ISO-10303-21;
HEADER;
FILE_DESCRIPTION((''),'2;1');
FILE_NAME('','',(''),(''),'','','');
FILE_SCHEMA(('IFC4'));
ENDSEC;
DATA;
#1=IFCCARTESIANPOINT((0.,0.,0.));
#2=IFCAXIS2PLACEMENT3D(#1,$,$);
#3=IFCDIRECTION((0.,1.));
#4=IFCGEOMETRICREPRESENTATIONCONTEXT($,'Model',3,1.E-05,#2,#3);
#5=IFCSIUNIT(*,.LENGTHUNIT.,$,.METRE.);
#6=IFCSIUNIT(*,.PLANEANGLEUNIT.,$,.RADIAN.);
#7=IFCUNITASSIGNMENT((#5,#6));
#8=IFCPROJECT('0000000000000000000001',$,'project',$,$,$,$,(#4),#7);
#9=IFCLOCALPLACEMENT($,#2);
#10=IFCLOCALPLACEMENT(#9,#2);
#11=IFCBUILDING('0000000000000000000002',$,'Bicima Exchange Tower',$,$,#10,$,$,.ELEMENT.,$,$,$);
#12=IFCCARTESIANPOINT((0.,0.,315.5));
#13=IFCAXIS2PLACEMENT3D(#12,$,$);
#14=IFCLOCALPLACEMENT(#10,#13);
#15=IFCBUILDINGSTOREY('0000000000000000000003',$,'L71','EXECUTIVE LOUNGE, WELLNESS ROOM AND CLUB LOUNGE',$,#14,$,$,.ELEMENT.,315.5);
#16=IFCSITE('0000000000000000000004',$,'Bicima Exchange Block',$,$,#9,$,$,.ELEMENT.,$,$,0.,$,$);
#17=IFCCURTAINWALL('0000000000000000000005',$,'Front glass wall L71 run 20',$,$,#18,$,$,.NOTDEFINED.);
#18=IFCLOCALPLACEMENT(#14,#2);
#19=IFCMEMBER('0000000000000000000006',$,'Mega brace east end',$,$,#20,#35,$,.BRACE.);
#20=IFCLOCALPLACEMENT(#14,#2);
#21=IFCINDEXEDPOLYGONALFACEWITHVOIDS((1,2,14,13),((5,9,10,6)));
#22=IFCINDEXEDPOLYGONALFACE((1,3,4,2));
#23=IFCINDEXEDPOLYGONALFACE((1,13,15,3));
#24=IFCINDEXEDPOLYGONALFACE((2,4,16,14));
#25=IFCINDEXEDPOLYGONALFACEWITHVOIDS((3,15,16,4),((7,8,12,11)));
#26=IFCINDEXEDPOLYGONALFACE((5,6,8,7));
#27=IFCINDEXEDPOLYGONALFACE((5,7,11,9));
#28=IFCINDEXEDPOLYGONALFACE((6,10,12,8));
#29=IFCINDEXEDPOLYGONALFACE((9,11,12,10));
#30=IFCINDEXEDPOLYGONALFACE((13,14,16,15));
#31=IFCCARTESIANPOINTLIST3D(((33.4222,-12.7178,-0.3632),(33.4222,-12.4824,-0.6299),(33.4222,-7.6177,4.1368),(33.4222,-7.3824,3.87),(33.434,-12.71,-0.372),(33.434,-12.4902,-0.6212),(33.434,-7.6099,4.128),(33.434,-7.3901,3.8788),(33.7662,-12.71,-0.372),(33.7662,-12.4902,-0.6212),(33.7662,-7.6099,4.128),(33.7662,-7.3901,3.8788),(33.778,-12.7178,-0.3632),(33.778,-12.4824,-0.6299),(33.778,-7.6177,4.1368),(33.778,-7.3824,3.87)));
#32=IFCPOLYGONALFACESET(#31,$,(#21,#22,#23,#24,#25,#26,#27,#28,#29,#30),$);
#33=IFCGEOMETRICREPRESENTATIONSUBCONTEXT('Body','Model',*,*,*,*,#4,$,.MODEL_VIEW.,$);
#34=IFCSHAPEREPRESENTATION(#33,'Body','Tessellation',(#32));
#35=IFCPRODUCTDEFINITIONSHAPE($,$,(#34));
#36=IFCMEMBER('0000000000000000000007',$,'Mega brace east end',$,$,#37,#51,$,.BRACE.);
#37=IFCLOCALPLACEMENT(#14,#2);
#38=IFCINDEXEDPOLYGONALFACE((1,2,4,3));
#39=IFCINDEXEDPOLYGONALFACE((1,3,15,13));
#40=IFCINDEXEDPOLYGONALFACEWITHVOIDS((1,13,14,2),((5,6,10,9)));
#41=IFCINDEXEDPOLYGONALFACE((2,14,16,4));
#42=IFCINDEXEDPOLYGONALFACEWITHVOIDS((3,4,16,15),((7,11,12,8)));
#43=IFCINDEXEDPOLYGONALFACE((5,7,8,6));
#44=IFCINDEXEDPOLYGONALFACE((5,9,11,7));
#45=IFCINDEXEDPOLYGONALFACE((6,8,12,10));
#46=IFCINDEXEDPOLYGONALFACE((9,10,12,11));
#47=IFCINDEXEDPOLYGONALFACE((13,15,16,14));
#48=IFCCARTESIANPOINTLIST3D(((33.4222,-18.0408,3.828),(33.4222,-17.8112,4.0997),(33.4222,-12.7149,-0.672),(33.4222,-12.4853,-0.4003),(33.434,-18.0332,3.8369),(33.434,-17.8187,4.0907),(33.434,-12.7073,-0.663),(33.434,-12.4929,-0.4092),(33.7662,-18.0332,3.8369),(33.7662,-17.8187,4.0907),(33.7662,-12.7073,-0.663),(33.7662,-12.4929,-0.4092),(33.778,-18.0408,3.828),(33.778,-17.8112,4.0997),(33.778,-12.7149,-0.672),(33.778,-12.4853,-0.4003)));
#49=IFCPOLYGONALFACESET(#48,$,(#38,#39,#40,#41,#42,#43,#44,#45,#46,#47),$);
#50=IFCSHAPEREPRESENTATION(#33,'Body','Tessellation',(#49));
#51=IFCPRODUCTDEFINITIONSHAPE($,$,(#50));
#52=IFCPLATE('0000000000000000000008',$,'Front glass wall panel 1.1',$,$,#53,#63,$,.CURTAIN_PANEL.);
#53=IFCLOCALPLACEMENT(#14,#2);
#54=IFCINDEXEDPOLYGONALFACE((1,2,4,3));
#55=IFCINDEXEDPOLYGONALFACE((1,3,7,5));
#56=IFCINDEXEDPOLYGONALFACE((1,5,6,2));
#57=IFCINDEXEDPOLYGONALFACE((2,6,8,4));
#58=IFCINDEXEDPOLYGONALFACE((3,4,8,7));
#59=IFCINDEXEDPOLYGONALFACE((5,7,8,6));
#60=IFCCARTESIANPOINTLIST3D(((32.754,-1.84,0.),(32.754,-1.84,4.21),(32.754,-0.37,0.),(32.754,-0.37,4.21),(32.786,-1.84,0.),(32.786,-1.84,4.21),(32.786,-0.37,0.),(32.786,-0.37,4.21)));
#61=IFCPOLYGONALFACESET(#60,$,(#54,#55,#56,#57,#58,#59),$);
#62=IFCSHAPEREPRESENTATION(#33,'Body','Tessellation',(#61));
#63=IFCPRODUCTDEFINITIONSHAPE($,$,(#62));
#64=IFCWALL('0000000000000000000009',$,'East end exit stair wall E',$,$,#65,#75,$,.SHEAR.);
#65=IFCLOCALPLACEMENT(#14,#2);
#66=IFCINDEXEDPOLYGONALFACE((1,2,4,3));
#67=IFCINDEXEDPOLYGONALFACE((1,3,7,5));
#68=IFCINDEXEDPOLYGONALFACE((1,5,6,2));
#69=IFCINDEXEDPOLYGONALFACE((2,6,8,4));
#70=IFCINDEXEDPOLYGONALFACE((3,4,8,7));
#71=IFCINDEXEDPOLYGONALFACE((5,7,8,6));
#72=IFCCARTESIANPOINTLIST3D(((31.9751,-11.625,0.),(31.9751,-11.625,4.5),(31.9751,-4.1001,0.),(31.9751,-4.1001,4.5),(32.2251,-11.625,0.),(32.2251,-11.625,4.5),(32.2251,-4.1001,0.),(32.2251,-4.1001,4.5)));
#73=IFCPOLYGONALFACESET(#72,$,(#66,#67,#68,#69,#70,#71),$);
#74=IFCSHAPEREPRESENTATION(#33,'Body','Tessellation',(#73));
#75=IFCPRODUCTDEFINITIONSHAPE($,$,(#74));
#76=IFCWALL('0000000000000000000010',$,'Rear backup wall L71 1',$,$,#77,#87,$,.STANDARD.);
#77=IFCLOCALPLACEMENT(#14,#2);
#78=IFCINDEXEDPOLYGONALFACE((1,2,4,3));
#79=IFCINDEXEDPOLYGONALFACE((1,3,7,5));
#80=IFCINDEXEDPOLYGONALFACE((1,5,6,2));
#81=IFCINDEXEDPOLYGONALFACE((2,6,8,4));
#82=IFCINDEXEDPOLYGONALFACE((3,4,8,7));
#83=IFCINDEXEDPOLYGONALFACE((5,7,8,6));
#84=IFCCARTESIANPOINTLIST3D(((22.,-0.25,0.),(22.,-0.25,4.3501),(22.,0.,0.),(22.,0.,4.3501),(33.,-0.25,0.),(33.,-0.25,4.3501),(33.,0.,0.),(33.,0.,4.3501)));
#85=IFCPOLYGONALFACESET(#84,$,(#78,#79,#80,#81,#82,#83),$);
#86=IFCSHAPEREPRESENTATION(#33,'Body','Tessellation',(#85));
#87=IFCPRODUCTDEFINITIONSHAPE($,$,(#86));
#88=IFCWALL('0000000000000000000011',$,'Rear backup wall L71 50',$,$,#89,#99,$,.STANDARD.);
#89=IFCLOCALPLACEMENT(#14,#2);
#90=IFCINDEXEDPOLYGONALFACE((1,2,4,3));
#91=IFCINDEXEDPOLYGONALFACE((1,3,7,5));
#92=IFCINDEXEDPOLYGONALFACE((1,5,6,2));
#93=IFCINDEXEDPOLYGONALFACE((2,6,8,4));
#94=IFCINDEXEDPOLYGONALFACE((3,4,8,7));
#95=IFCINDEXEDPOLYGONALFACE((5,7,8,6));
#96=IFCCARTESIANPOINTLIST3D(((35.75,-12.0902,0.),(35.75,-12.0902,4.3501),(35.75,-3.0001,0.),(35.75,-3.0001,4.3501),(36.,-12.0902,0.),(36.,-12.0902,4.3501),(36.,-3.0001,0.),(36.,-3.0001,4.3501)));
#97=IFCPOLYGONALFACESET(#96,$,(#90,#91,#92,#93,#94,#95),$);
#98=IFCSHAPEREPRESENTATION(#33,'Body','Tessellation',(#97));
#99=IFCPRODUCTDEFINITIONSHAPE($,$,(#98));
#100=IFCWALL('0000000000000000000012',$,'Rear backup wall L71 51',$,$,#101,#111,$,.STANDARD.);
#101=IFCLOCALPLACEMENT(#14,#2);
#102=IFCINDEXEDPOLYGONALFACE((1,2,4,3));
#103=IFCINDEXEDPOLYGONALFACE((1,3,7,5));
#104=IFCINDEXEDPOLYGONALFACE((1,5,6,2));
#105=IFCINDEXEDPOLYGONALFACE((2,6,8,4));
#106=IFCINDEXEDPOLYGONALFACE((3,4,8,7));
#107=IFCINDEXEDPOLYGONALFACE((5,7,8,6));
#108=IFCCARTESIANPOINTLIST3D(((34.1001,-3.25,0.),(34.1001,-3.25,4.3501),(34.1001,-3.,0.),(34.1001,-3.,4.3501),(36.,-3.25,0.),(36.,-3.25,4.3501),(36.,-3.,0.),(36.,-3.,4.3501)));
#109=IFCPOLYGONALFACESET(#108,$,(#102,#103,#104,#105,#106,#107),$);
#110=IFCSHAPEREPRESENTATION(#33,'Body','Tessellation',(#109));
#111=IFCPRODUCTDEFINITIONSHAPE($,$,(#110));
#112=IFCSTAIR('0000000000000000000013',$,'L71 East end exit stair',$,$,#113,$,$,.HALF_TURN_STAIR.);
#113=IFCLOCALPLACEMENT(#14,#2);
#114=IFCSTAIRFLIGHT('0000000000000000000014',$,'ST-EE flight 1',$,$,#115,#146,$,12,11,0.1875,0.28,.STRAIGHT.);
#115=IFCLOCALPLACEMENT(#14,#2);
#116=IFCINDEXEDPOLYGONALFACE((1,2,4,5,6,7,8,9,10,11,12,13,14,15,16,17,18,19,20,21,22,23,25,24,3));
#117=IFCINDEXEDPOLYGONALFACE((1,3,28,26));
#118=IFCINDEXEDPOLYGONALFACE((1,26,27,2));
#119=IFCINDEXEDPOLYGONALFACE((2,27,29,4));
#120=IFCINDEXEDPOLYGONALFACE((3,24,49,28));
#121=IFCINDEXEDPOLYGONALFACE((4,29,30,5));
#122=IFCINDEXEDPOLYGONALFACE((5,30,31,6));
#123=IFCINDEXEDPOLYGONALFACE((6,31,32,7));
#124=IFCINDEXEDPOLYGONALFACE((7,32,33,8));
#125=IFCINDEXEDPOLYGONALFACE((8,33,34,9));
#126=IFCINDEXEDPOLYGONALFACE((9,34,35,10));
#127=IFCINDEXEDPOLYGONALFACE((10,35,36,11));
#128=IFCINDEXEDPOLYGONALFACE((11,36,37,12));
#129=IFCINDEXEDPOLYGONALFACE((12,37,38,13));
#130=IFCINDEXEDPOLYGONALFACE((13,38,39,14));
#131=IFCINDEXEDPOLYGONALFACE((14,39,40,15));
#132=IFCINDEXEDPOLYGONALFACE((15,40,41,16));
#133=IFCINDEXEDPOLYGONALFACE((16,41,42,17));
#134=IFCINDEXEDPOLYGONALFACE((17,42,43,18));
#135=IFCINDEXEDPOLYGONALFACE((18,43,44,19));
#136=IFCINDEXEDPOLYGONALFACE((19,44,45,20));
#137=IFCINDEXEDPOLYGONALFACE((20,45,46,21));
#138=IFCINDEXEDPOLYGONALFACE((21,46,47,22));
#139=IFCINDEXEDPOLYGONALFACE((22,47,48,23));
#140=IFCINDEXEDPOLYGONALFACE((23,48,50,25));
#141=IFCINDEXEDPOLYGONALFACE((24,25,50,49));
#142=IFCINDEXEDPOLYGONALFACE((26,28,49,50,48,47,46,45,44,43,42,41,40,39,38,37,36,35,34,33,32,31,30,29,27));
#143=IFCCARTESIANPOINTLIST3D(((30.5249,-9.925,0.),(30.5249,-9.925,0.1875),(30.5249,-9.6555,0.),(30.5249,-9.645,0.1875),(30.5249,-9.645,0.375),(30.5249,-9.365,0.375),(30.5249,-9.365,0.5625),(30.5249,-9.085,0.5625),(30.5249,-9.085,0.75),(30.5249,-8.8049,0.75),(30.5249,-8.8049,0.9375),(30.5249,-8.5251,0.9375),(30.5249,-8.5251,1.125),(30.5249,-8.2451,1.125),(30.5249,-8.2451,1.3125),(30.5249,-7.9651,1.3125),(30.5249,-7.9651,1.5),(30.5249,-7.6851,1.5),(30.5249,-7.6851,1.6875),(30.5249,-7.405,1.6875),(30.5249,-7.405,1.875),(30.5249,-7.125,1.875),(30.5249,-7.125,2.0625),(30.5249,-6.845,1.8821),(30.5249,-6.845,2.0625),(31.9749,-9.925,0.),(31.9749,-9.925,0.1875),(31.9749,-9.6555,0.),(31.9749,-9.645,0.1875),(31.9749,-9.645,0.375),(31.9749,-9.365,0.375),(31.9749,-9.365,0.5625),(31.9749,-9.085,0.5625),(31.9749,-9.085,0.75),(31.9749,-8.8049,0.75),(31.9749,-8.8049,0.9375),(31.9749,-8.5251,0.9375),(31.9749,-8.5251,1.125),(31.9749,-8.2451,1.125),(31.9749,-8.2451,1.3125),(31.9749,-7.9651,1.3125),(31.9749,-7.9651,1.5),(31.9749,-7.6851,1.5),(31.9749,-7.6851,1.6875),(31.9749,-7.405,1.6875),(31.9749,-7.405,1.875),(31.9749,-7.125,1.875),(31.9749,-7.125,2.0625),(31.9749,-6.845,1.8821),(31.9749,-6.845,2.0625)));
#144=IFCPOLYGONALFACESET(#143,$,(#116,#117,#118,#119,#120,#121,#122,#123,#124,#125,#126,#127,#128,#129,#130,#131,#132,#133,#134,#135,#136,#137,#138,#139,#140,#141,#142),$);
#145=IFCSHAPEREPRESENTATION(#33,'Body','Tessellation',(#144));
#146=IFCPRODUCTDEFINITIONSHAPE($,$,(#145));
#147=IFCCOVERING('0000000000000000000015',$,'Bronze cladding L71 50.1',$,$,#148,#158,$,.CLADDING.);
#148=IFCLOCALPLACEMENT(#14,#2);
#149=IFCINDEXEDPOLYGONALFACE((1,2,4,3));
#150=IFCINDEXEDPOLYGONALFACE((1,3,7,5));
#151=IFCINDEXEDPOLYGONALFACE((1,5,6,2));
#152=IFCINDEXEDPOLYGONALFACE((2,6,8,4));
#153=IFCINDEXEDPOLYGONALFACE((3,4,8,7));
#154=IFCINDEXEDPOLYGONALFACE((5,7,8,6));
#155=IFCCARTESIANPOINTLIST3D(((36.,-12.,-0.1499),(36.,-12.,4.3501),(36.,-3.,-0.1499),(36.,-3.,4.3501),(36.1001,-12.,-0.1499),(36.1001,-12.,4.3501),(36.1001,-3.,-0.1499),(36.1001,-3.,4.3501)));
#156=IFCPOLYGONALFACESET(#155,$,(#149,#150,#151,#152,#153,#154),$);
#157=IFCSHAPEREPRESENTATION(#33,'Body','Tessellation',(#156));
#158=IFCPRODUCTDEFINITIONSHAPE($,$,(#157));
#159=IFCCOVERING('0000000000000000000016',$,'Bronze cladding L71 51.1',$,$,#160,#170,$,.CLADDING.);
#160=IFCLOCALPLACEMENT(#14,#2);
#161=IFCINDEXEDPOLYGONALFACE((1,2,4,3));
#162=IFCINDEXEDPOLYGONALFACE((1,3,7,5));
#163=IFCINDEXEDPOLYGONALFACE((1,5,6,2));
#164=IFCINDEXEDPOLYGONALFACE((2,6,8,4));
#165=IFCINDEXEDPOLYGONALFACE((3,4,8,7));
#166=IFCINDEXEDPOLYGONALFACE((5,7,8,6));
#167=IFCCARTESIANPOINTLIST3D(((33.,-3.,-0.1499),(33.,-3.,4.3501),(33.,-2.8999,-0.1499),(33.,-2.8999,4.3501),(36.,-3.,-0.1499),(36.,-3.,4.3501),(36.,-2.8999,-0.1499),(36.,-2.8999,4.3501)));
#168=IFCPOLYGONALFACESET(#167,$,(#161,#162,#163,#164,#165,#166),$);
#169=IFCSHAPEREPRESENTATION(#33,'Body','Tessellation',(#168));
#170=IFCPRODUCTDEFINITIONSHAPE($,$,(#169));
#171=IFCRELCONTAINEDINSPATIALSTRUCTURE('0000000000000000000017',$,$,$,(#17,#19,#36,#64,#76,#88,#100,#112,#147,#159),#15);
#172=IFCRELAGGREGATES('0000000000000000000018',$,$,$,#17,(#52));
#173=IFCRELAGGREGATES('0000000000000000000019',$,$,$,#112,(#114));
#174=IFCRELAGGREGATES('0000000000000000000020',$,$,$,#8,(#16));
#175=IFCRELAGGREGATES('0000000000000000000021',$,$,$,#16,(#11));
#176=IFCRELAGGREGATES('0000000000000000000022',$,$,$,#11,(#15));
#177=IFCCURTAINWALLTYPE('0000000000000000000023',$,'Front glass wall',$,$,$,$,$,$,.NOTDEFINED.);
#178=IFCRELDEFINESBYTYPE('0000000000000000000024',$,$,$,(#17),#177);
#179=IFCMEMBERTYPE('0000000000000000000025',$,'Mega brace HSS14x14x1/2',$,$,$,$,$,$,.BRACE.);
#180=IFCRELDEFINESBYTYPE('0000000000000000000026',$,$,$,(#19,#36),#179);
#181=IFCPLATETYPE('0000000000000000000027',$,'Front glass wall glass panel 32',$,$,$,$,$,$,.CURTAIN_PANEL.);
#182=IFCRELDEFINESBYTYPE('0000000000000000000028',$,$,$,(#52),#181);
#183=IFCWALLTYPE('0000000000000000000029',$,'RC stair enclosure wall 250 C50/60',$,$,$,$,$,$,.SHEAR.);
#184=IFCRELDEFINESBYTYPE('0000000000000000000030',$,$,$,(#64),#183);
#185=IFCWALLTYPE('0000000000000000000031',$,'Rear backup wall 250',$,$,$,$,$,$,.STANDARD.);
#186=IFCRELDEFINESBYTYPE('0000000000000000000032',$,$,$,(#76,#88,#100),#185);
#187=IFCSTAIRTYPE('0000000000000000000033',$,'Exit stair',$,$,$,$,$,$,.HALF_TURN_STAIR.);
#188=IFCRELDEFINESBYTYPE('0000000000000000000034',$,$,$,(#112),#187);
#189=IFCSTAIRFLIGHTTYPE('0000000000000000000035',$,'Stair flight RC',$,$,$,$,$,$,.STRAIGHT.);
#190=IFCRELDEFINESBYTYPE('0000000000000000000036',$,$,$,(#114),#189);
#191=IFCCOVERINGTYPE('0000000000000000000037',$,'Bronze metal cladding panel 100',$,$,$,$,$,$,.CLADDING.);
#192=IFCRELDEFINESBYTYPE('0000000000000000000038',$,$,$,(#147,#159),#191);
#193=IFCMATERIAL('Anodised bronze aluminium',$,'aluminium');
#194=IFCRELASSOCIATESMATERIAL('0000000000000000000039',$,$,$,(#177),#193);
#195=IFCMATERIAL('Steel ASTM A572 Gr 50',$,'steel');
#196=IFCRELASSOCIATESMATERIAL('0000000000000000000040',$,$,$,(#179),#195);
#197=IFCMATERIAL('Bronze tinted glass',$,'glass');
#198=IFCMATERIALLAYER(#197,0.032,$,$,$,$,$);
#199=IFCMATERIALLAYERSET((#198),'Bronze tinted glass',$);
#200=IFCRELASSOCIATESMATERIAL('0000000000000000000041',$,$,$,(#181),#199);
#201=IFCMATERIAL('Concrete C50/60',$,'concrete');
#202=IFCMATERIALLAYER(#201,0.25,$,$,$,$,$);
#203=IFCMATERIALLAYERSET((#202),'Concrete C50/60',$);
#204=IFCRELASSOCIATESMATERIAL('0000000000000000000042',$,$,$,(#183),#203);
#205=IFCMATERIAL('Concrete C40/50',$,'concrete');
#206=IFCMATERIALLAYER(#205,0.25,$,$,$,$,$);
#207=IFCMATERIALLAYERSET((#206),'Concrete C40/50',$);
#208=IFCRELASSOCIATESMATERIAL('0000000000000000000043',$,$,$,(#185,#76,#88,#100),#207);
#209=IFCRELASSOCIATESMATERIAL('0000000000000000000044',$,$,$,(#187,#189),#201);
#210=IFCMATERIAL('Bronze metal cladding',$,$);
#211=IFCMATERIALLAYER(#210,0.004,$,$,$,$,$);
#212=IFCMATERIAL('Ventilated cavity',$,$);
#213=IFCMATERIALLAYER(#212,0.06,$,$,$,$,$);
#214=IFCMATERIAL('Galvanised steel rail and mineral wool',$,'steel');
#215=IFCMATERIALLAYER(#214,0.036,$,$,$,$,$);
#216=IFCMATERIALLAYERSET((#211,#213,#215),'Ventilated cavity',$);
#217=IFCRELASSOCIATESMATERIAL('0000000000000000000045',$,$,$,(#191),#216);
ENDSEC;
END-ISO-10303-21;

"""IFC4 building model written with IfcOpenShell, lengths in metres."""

from ifc_helpers import new_model, si_unit, direction, frame, frame_2d, origin, origin_2d, place, context, subcontext, project, spatial, polyline, rectangle, hollow_rectangle, outline, extrude, material, layer, layer_set, layer_usage, material_profile, profile_set, type_object, element, aggregate, save


model = new_model("IFC4")

# Units and contexts
model_context = context("Model", 3, precision=1e-05, world=origin(), true_north=direction((0.0, 1.0)))
body_context = subcontext(model_context, "Body", "Model", "MODEL_VIEW")
ifc_project = project(units=[si_unit("LENGTHUNIT", "METRE"), si_unit("PLANEANGLEUNIT", "RADIAN")], contexts=[model_context])

# Site, building, storey
site_placement = place(None, origin())
site = spatial("IfcSite", under=ifc_project, at=site_placement, Name="Bicima Exchange Block", CompositionType="ELEMENT", RefElevation=0.0)
building_placement = place(site_placement, origin())
building = spatial("IfcBuilding", under=site, at=building_placement, Name="Bicima Exchange Tower", CompositionType="ELEMENT")
storey_placement = place(building_placement, frame((0.0, 0.0, 315.5)))
storey = spatial("IfcBuildingStorey", under=building, at=storey_placement, Name="L71", Description="EXECUTIVE LOUNGE, WELLNESS ROOM AND CLUB LOUNGE", CompositionType="ELEMENT", Elevation=315.5)

# Shared definitions
ifc_material_1 = material(Name="Steel ASTM A572 Gr 50", Category="steel")

# Shared definitions
ifc_material_2 = material(Name="Anodised bronze aluminium", Category="aluminium")

# Curtain wall
curtain_wall_type_1 = type_object("IfcCurtainWallType", Name="Front glass wall", PredefinedType="NOTDEFINED", material=ifc_material_2)
curtain_wall_1_placement = place(storey_placement, origin())
curtain_wall_1 = element("IfcCurtainWall", 1, at=curtain_wall_1_placement, inside=storey, type_object=curtain_wall_type_1, Name="Front glass wall L71 run 20", PredefinedType="NOTDEFINED")

# Members
ifc_material_profile_1 = material_profile(ifc_material_1, hollow_rectangle(XDim=0.3557, YDim=0.3557, WallThickness=0.0117, at=origin_2d()))
ifc_profile_set_1 = profile_set([ifc_material_profile_1], Name="Steel ASTM A572 Gr 50")
member_type_1 = type_object("IfcMemberType", Name="Mega brace HSS14x14x1/2", PredefinedType="BRACE", material=ifc_profile_set_1)
for number, where, z_axis, x_axis, name in (
    (2, (33.6001, -12.6001, -0.4966), (0.0, 0.749844, 0.661615), (-1.0, 0.0, 0.0), "Mega brace east end"),
):
    element("IfcMember", number, at=place(storey_placement, frame(where, z_axis=z_axis, x_axis=x_axis)), inside=storey, type_object=member_type_1, Name=name, PredefinedType="BRACE", context=body_context, shape_type="SweptSolid", body=[
        extrude(hollow_rectangle(XDim=0.3557, YDim=0.3557, WallThickness=0.0117, at=origin_2d()), origin(), (0.0, 0.0, 1.0), 6.8015),
    ])
member_1_placement = place(storey_placement, frame((33.6001, -12.6001, -0.5361), z_axis=(0.0, -0.76385, 0.645394), x_axis=(1.0, 0.0, 0.0)))
element("IfcMember", 3, at=member_1_placement, inside=storey, type_object=member_type_1, Name="Mega brace east end", PredefinedType="BRACE", context=body_context, shape_type="SweptSolid", body=[
    extrude(hollow_rectangle(XDim=0.3557, YDim=0.3557, WallThickness=0.0117, at=origin_2d()), origin(), (0.0, 0.0, 1.0), 6.9724),
])

# Plate
ifc_material_3 = material(Name="Bronze tinted glass", Category="glass")
ifc_layer_1 = layer(ifc_material_3, 0.032)
ifc_layer_set_1 = layer_set([ifc_layer_1], Name="Bronze tinted glass")
plate_type = type_object("IfcPlateType", Name="Front glass wall glass panel 32", PredefinedType="CURTAIN_PANEL", material=ifc_layer_set_1)
plate_placement = place(storey_placement, frame((32.77, -1.105, 0.0), z_axis=(0.0, 0.0, 1.0), x_axis=(0.0, 1.0, 0.0)))
plate = element("IfcPlate", 4, at=plate_placement, type_object=plate_type, Name="Front glass wall panel 1.1", PredefinedType="CURTAIN_PANEL", context=body_context, shape_type="SweptSolid", body=[
    extrude(rectangle(XDim=1.47, YDim=0.032, at=origin_2d()), origin(), (0.0, 0.0, 1.0), 4.21),
])
aggregate(curtain_wall_1, [plate])

# Walls
ifc_material_4 = material(Name="Concrete C50/60", Category="concrete")
ifc_layer_2 = layer(ifc_material_4, 0.25)
ifc_layer_set_2 = layer_set([ifc_layer_2], Name="Concrete C50/60")
wall_type_1 = type_object("IfcWallType", Name="RC stair enclosure wall 250 C50/60", PredefinedType="SHEAR", material=ifc_layer_set_2)
wall_1_placement = place(storey_placement, frame((32.1001, -11.625, 0.0), z_axis=(0.0, 0.0, 1.0), x_axis=(0.0, 1.0, 0.0)))
element("IfcWall", 5, at=wall_1_placement, inside=storey, type_object=wall_type_1, Name="East end exit stair wall E", PredefinedType="SHEAR", context=body_context, shape_type="SweptSolid", body=[
    extrude(rectangle(XDim=7.5249, YDim=0.25, at=frame_2d((3.7625, 0.0))), origin(), (0.0, 0.0, 1.0), 4.5),
])
ifc_material_5 = material(Name="Concrete C40/50", Category="concrete")
ifc_layer_3 = layer(ifc_material_5, 0.25)
ifc_layer_set_3 = layer_set([ifc_layer_3], Name="Concrete C40/50")
ifc_layer_usage = layer_usage(ifc_layer_set_3, "AXIS2", "POSITIVE", -0.125)
wall_type_2 = type_object("IfcWallType", Name="Rear backup wall 250", PredefinedType="STANDARD", material=ifc_layer_set_3)
wall_2_placement = place(storey_placement, frame((33.0, -0.125, 0.0), z_axis=(0.0, 0.0, 1.0), x_axis=(-1.0, 0.0, 0.0)))
element("IfcWall", 6, at=wall_2_placement, inside=storey, type_object=wall_type_2, material=ifc_layer_usage, Name="Rear backup wall L71 1", PredefinedType="STANDARD", context=body_context, shape_type="SweptSolid", body=[
    extrude(rectangle(XDim=11.0, YDim=0.25, at=frame_2d((5.5, 0.0))), origin(), (0.0, 0.0, 1.0), 4.3501),
])
wall_3_placement = place(storey_placement, frame((35.875, -12.0901, 0.0), z_axis=(0.0, 0.0, 1.0), x_axis=(0.0, 1.0, 0.0)))
element("IfcWall", 7, at=wall_3_placement, inside=storey, type_object=wall_type_2, material=ifc_layer_usage, Name="Rear backup wall L71 50", PredefinedType="STANDARD", context=body_context, shape_type="SweptSolid", body=[
    extrude(rectangle(XDim=9.0901, YDim=0.25, at=frame_2d((4.5449, 0.0))), origin(), (0.0, 0.0, 1.0), 4.3501),
])
wall_4_placement = place(storey_placement, frame((36.0, -3.125, 0.0), z_axis=(0.0, 0.0, 1.0), x_axis=(-1.0, 0.0, 0.0)))
element("IfcWall", 8, at=wall_4_placement, inside=storey, type_object=wall_type_2, material=ifc_layer_usage, Name="Rear backup wall L71 51", PredefinedType="STANDARD", context=body_context, shape_type="SweptSolid", body=[
    extrude(rectangle(XDim=1.8999, YDim=0.25, at=frame_2d((0.95, 0.0))), origin(), (0.0, 0.0, 1.0), 4.3501),
])

# Stair, stair flight
stair_type = type_object("IfcStairType", Name="Exit stair", PredefinedType="HALF_TURN_STAIR", material=ifc_material_4)
stair_placement = place(storey_placement, origin())
stair = element("IfcStair", 9, at=stair_placement, inside=storey, type_object=stair_type, Name="L71 East end exit stair", PredefinedType="HALF_TURN_STAIR")
stair_flight_type = type_object("IfcStairFlightType", Name="Stair flight RC", PredefinedType="STRAIGHT", material=ifc_material_4)
stair_flight_placement = place(storey_placement, frame((31.25, -9.925, 0.0), z_axis=(0.0, 0.0, 1.0), x_axis=(0.0, 1.0, 0.0)))
stair_flight = element("IfcStairFlight", 10, at=stair_flight_placement, type_object=stair_flight_type, Name="ST-EE flight 1", NumberOfRisers=12, NumberOfTreads=11, PredefinedType="STRAIGHT", RiserHeight=0.1875, TreadLength=0.28, context=body_context, shape_type="SweptSolid", body=[
    extrude(outline(polyline([(0.0, 0.0), (0.0, 0.1875), (0.28, 0.1875), (0.28, 0.375), (0.5601, 0.375), (0.5601, 0.5625), (0.8401, 0.5625), (0.8401, 0.75), (1.1201, 0.75), (1.1201, 0.9375), (1.3999, 0.9375), (1.3999, 1.125), (1.6799, 1.125), (1.6799, 1.3125), (1.96, 1.3125), (1.96, 1.5), (2.24, 1.5), (2.24, 1.6875), (2.52, 1.6875), (2.52, 1.875), (2.8, 1.875), (2.8, 2.0625), (3.0801, 2.0625), (3.0801, 2.25), (3.0801, 1.8821), (0.2695, 0.0), (0.0, 0.0)])), frame((0.0, 0.7251, 0.0), z_axis=(0.0, -1.0, 0.0), x_axis=(1.0, 0.0, 0.0)), (0.0, 0.0, 1.0), 1.45),
])
aggregate(stair, [stair_flight])

# Coverings
ifc_material_6 = material(Name="Bronze metal cladding")
ifc_layer_4 = layer(ifc_material_6, 0.004)
ifc_material_7 = material(Name="Ventilated cavity")
ifc_layer_5 = layer(ifc_material_7, 0.06)
ifc_material_8 = material(Name="Galvanised steel rail and mineral wool", Category="steel")
ifc_layer_6 = layer(ifc_material_8, 0.036)
ifc_layer_set_4 = layer_set([ifc_layer_4, ifc_layer_5, ifc_layer_6], Name="Ventilated cavity")
covering_type = type_object("IfcCoveringType", Name="Bronze metal cladding panel 100", PredefinedType="CLADDING", material=ifc_layer_set_4)
covering_1_placement = place(storey_placement, frame((36.05, -7.5, -0.1499), z_axis=(0.0, 0.0, 1.0), x_axis=(0.0, 1.0, 0.0)))
element("IfcCovering", 11, at=covering_1_placement, inside=storey, type_object=covering_type, Name="Bronze cladding L71 50.1", PredefinedType="CLADDING", context=body_context, shape_type="SweptSolid", body=[
    extrude(rectangle(XDim=9.0, YDim=0.1001, at=origin_2d()), origin(), (0.0, 0.0, 1.0), 4.5),
])
covering_2_placement = place(storey_placement, frame((34.5, -2.95, -0.1499), z_axis=(0.0, 0.0, 1.0), x_axis=(-1.0, 0.0, 0.0)))
element("IfcCovering", 12, at=covering_2_placement, inside=storey, type_object=covering_type, Name="Bronze cladding L71 51.1", PredefinedType="CLADDING", context=body_context, shape_type="SweptSolid", body=[
    extrude(rectangle(XDim=3.0, YDim=0.1001, at=origin_2d()), origin(), (0.0, 0.0, 1.0), 4.5),
])

save(model, "model.ifc")
